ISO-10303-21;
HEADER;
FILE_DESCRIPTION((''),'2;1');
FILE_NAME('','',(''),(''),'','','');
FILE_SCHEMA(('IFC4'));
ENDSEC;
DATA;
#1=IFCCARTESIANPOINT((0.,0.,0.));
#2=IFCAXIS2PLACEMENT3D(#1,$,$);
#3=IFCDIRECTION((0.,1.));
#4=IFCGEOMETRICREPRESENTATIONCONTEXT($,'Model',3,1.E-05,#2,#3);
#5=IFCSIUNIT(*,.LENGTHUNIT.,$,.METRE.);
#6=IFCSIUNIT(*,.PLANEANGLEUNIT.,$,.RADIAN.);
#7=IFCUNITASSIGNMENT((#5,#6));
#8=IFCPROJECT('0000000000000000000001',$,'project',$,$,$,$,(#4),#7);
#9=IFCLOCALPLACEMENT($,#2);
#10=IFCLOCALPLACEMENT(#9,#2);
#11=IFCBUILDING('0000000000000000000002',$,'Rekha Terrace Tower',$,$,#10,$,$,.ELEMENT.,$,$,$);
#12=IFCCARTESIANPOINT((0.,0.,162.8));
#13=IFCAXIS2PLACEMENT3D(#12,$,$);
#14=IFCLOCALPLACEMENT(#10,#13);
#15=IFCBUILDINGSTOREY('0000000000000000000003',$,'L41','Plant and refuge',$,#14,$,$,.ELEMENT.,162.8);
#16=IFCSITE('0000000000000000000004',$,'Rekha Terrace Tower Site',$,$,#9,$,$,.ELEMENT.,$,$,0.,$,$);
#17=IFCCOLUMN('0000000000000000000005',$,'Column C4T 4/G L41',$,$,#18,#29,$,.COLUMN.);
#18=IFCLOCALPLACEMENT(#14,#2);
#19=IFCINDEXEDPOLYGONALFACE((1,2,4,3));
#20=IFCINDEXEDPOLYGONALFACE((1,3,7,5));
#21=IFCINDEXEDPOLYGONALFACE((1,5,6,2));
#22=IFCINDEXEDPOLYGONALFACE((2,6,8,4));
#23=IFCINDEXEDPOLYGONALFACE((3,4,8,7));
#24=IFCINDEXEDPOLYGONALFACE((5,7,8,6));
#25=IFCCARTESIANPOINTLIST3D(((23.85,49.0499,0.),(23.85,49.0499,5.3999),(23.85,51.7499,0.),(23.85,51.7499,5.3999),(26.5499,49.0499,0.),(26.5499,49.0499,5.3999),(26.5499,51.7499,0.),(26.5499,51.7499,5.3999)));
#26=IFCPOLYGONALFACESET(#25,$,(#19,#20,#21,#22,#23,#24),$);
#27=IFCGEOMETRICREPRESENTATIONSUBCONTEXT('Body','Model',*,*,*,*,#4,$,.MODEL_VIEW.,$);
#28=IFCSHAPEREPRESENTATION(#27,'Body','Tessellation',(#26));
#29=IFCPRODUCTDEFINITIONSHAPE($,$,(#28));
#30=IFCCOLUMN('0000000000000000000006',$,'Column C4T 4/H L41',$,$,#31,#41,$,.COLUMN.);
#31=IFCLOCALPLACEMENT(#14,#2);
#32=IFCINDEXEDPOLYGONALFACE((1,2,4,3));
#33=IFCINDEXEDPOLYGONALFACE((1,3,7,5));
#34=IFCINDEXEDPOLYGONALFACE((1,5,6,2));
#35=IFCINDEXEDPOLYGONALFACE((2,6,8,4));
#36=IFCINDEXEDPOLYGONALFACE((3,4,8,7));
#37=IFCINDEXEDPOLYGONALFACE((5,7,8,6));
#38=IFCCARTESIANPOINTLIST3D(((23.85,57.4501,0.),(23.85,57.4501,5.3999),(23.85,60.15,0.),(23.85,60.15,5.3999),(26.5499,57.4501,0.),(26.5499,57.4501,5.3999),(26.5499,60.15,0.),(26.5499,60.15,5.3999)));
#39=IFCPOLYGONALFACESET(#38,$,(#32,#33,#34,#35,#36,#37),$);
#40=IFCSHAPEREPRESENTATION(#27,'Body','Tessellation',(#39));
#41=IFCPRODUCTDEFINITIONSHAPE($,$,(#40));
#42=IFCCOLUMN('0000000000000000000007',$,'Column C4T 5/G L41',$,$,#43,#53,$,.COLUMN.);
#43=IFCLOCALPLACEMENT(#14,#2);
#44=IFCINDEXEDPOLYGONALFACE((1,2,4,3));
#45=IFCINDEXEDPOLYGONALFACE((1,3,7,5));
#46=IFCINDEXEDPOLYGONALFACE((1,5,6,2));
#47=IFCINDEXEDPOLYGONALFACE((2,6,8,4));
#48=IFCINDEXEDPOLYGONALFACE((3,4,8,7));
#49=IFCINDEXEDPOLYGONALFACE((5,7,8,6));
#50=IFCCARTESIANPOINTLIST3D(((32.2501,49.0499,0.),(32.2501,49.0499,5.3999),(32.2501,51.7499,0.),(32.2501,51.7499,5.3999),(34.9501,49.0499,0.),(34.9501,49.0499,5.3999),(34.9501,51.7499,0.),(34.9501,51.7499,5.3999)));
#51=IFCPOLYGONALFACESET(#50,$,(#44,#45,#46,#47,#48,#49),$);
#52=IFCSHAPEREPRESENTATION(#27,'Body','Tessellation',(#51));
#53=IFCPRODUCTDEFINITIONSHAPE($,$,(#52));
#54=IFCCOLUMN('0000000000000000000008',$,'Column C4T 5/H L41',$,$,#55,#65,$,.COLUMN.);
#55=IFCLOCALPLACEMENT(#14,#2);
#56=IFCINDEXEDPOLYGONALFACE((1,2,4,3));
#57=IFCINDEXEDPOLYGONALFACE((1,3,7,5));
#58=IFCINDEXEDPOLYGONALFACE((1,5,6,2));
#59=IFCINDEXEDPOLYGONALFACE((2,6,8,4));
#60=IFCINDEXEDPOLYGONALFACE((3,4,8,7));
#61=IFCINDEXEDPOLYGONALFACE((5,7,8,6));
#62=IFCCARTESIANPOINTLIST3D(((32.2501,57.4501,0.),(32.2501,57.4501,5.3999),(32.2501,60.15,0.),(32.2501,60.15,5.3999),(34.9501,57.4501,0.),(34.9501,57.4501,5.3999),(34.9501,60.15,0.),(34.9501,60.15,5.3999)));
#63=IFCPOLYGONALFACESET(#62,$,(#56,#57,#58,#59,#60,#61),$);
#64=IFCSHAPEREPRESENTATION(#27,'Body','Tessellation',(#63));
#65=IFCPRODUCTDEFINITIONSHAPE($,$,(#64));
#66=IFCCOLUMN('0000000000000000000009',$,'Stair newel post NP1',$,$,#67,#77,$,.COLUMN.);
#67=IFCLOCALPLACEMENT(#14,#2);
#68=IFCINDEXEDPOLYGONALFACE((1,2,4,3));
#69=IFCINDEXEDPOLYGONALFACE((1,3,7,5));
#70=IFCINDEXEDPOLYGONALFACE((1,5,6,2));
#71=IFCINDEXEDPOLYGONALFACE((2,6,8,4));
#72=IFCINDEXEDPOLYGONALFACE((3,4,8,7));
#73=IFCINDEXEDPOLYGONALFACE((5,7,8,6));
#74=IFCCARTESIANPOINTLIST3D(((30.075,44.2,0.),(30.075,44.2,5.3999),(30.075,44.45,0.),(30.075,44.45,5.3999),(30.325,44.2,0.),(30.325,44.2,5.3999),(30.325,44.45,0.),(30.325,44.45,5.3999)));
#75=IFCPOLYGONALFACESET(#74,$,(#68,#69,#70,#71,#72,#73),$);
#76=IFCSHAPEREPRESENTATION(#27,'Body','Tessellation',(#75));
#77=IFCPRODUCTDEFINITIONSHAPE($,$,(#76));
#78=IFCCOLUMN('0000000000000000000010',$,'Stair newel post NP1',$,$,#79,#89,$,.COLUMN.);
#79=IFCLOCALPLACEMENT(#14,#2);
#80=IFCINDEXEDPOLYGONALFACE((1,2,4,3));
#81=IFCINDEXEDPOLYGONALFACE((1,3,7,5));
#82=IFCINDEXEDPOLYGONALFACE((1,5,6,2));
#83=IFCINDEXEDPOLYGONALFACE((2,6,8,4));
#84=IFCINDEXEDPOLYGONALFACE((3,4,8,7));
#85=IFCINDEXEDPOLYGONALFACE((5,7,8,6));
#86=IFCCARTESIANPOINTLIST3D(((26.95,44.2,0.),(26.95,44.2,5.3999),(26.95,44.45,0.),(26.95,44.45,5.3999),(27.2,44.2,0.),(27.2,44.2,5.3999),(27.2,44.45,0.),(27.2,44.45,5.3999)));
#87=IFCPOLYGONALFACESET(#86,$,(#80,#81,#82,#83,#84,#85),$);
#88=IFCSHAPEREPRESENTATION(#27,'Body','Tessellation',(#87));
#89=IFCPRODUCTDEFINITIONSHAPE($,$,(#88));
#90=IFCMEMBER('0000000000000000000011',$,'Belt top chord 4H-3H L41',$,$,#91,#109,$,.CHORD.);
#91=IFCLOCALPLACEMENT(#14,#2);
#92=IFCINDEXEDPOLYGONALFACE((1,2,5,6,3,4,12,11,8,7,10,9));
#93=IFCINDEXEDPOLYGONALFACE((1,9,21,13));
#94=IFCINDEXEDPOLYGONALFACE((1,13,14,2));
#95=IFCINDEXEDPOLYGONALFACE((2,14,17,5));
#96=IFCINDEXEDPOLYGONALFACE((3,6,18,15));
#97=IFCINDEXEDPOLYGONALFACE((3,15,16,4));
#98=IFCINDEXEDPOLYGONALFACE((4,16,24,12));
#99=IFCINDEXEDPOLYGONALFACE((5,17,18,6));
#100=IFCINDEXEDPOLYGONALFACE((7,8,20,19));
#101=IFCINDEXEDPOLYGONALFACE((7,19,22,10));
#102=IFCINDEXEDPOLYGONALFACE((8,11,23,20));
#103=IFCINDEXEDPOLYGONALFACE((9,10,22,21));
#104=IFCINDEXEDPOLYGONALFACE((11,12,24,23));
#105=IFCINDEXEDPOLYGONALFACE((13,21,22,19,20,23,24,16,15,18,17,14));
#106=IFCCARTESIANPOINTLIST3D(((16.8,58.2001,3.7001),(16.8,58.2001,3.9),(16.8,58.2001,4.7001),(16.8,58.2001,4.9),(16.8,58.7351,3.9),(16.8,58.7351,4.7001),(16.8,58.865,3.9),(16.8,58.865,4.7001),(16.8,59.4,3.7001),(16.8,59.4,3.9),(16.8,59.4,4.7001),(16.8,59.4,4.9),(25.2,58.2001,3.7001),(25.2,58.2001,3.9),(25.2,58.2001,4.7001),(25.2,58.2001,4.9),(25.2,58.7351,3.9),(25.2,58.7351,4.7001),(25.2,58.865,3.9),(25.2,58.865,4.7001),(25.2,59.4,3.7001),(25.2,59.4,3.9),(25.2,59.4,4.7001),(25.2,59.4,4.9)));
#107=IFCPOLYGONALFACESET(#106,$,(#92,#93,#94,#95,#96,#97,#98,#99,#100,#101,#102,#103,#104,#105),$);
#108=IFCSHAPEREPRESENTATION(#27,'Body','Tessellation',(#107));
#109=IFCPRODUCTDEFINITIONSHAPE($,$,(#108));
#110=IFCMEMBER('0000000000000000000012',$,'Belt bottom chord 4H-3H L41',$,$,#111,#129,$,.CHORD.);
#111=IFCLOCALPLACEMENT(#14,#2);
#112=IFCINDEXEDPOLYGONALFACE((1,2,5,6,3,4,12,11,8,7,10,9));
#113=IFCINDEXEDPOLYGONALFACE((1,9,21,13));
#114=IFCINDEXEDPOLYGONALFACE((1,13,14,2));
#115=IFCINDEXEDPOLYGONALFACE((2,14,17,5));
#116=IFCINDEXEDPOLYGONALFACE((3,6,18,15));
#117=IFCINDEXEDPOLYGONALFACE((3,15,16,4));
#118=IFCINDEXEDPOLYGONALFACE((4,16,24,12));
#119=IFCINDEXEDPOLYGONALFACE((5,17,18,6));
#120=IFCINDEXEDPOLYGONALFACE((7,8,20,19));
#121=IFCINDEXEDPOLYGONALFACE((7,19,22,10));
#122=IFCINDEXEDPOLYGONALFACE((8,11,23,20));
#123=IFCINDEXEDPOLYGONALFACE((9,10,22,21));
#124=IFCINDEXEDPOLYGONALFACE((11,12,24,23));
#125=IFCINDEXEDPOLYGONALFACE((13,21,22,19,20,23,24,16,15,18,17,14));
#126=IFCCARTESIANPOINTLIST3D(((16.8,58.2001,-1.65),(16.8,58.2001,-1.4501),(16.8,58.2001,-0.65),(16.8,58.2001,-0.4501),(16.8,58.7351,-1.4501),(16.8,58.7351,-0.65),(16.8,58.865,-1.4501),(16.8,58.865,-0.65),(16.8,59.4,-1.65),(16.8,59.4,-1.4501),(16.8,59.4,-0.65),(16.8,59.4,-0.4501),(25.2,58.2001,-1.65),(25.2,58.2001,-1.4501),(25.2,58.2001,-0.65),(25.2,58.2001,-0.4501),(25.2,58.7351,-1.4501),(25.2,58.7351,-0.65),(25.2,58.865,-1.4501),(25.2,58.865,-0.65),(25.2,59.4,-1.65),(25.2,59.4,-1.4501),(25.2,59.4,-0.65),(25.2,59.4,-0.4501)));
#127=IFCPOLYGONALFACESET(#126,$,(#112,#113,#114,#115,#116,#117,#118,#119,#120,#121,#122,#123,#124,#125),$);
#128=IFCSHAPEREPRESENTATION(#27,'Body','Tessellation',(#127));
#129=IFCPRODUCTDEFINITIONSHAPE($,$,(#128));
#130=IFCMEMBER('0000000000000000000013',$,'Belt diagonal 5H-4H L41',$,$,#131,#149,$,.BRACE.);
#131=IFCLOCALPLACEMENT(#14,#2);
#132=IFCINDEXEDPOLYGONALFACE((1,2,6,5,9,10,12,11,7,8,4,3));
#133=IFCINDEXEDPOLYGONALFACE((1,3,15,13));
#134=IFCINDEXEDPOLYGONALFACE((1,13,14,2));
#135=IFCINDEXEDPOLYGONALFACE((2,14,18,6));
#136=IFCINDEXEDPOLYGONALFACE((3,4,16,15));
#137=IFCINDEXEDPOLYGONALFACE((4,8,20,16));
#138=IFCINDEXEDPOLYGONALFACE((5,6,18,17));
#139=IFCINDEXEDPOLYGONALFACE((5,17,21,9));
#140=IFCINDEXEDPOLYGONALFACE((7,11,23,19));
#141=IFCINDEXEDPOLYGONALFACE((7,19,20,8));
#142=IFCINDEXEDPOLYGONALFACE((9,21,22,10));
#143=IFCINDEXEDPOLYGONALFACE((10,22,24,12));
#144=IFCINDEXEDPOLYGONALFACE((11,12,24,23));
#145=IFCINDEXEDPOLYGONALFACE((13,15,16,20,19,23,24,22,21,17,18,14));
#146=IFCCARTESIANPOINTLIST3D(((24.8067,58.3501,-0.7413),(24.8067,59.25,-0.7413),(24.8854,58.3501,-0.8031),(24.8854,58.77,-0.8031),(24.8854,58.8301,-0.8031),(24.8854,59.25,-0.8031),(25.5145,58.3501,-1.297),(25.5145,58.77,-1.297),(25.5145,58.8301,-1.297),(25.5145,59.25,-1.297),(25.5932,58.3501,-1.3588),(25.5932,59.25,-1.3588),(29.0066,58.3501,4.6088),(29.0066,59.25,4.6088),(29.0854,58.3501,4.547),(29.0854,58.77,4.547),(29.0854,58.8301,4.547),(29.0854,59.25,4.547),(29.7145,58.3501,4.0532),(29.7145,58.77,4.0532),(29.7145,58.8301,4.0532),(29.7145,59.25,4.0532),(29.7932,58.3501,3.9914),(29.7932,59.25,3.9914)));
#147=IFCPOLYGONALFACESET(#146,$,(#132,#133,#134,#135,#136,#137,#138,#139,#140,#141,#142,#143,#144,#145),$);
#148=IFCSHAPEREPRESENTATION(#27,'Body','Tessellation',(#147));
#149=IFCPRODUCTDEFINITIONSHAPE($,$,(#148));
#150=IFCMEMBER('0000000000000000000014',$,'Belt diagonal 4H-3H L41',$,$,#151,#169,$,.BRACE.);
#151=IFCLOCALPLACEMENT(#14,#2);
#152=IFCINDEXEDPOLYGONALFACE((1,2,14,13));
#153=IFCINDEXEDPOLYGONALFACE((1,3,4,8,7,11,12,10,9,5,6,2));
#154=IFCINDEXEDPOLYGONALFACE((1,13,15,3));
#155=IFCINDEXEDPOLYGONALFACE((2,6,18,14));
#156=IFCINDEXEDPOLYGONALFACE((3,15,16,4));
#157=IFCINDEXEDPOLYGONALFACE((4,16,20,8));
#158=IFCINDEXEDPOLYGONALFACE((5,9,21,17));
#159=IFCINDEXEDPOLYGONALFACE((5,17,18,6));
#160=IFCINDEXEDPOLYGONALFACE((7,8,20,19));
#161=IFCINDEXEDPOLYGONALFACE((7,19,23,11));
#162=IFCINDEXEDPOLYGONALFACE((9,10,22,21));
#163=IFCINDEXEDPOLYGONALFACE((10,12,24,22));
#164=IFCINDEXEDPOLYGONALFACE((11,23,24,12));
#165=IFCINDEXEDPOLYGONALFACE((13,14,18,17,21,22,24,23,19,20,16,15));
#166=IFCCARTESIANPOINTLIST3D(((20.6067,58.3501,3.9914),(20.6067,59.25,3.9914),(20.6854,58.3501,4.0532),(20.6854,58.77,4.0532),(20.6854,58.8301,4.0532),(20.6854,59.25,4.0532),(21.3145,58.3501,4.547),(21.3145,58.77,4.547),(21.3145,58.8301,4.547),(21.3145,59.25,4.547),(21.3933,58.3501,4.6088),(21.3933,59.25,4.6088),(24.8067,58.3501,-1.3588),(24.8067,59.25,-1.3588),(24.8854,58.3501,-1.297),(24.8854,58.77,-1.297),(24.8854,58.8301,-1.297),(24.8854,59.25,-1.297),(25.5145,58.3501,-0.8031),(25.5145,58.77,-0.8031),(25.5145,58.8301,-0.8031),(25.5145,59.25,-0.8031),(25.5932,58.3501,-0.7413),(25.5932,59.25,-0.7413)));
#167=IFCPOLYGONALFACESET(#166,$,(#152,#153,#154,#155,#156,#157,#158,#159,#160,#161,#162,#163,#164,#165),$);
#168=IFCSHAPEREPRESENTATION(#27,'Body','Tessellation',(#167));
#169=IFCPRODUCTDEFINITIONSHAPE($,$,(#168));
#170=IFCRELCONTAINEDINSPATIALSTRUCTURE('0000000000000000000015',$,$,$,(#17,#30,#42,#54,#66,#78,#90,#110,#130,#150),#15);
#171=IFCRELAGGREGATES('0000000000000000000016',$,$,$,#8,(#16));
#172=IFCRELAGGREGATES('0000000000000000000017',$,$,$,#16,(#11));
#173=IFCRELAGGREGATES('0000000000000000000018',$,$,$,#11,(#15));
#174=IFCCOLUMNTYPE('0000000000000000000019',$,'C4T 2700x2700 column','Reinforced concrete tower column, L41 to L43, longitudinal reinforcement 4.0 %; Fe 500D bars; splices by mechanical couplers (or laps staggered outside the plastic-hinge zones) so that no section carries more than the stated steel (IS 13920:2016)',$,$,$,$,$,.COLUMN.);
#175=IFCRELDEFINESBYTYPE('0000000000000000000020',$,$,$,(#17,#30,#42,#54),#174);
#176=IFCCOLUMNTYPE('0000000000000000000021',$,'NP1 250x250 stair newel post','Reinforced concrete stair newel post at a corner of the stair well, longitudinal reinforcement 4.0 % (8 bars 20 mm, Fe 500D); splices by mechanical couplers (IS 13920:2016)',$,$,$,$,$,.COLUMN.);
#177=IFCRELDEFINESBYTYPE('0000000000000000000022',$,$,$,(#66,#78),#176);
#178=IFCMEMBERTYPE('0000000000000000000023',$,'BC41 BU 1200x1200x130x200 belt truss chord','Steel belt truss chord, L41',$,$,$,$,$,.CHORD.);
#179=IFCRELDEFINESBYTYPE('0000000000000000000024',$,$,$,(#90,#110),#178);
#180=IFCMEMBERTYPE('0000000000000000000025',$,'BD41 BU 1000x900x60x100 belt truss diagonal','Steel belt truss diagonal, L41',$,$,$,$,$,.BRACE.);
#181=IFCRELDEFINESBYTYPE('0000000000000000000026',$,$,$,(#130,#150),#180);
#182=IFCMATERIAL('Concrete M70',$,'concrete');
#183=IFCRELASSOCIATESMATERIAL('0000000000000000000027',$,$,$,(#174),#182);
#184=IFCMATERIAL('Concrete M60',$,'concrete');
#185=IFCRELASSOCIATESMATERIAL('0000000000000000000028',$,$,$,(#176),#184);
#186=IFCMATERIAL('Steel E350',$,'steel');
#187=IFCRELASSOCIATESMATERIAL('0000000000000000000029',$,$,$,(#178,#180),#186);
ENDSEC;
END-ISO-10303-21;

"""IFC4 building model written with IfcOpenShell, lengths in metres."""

from ifc_helpers import new_model, si_unit, direction, frame, origin, origin_2d, place, context, subcontext, project, spatial, rectangle, i_section, extrude, material, material_profile, profile_set, type_object, element, save


model = new_model("IFC4")

# Units and contexts
model_context = context("Model", 3, precision=1e-05, world=origin(), true_north=direction((0.0, 1.0)))
body_context = subcontext(model_context, "Body", "Model", "MODEL_VIEW")
ifc_project = project(units=[si_unit("LENGTHUNIT", "METRE"), si_unit("PLANEANGLEUNIT", "RADIAN")], contexts=[model_context])

# Site, building, storey
site_placement = place(None, origin())
site = spatial("IfcSite", under=ifc_project, at=site_placement, Name="Rekha Terrace Tower Site", CompositionType="ELEMENT", RefElevation=0.0)
building_placement = place(site_placement, origin())
building = spatial("IfcBuilding", under=site, at=building_placement, Name="Rekha Terrace Tower", CompositionType="ELEMENT")
storey_placement = place(building_placement, frame((0.0, 0.0, 162.8)))
storey = spatial("IfcBuildingStorey", under=building, at=storey_placement, Name="L41", Description="Plant and refuge", CompositionType="ELEMENT", Elevation=162.8)

# Columns
ifc_material_1 = material(Name="Concrete M70", Category="concrete")
ifc_material_profile_1 = material_profile(ifc_material_1, rectangle(XDim=2.7, YDim=2.7, at=origin_2d()), Name="RC 2700x2700")
ifc_profile_set_1 = profile_set([ifc_material_profile_1], Name="Concrete M70")
column_type_1 = type_object("IfcColumnType", Name="C4T 2700x2700 column", Description="Reinforced concrete tower column, L41 to L43, longitudinal reinforcement 4.0 %; Fe 500D bars; splices by mechanical couplers (or laps staggered outside the plastic-hinge zones) so that no section carries more than the stated steel (IS 13920:2016)", PredefinedType="COLUMN", material=ifc_profile_set_1)
for number, where, z_axis, x_axis, name in (
    (1, (25.2, 50.3999, 0.0), (0.0, 0.0, 1.0), (1.0, 0.0, 0.0), "Column C4T 4/G L41"),
    (2, (25.2, 58.8, 0.0), (0.0, 0.0, 1.0), (1.0, 0.0, 0.0), "Column C4T 4/H L41"),
    (3, (33.6001, 50.3999, 0.0), (0.0, 0.0, 1.0), (1.0, 0.0, 0.0), "Column C4T 5/G L41"),
    (4, (33.6001, 58.8, 0.0), (0.0, 0.0, 1.0), (1.0, 0.0, 0.0), "Column C4T 5/H L41"),
):
    element("IfcColumn", number, at=place(storey_placement, frame(where, z_axis=z_axis, x_axis=x_axis)), inside=storey, type_object=column_type_1, Name=name, PredefinedType="COLUMN", context=body_context, shape_type="SweptSolid", body=[
        extrude(rectangle(XDim=2.7, YDim=2.7, at=origin_2d()), origin(), (0.0, 0.0, 1.0), 5.3999),
    ])
ifc_material_2 = material(Name="Concrete M60", Category="concrete")
ifc_material_profile_2 = material_profile(ifc_material_2, rectangle(XDim=0.25, YDim=0.25, at=origin_2d()), Name="RC 250x250")
ifc_profile_set_2 = profile_set([ifc_material_profile_2], Name="Concrete M60")
column_type_2 = type_object("IfcColumnType", Name="NP1 250x250 stair newel post", Description="Reinforced concrete stair newel post at a corner of the stair well, longitudinal reinforcement 4.0 % (8 bars 20 mm, Fe 500D); splices by mechanical couplers (IS 13920:2016)", PredefinedType="COLUMN", material=ifc_profile_set_2)
for number, where, z_axis, x_axis, name in (
    (5, (30.2, 44.325, 0.0), (0.0, 0.0, 1.0), (1.0, 0.0, 0.0), "Stair newel post NP1"),
    (6, (27.075, 44.325, 0.0), (0.0, 0.0, 1.0), (1.0, 0.0, 0.0), "Stair newel post NP1"),
):
    element("IfcColumn", number, at=place(storey_placement, frame(where, z_axis=z_axis, x_axis=x_axis)), inside=storey, type_object=column_type_2, Name=name, PredefinedType="COLUMN", context=body_context, shape_type="SweptSolid", body=[
        extrude(rectangle(XDim=0.25, YDim=0.25, at=origin_2d()), origin(), (0.0, 0.0, 1.0), 5.3999),
    ])

# Members
ifc_material_3 = material(Name="Steel E350", Category="steel")
ifc_material_profile_3 = material_profile(ifc_material_3, i_section(OverallWidth=1.2, OverallDepth=1.2, WebThickness=0.1299, FlangeThickness=0.2, at=origin_2d()), Name="BU 1200x1200x130x200")
ifc_profile_set_3 = profile_set([ifc_material_profile_3], Name="Steel E350")
member_type_1 = type_object("IfcMemberType", Name="BC41 BU 1200x1200x130x200 belt truss chord", Description="Steel belt truss chord, L41", PredefinedType="CHORD", material=ifc_profile_set_3)
for number, where, z_axis, x_axis, name in (
    (7, (25.2, 58.8, 4.3), (-1.0, 0.0, 0.0), (0.0, -1.0, 0.0), "Belt top chord 4H-3H L41"),
    (8, (25.2, 58.8, -1.05), (-1.0, 0.0, 0.0), (0.0, -1.0, 0.0), "Belt bottom chord 4H-3H L41"),
):
    element("IfcMember", number, at=place(storey_placement, frame(where, z_axis=z_axis, x_axis=x_axis)), inside=storey, type_object=member_type_1, Name=name, PredefinedType="CHORD", context=body_context, shape_type="SweptSolid", body=[
        extrude(i_section(OverallWidth=1.2, OverallDepth=1.2, WebThickness=0.1299, FlangeThickness=0.2, at=origin_2d()), origin(), (0.0, 0.0, 1.0), 8.3999),
    ])
ifc_material_profile_4 = material_profile(ifc_material_3, i_section(OverallWidth=0.8999, OverallDepth=1.0, WebThickness=0.0601, FlangeThickness=0.1001, at=origin_2d()), Name="BU 1000x900x60x100")
ifc_profile_set_4 = profile_set([ifc_material_profile_4], Name="Steel E350")
member_type_2 = type_object("IfcMemberType", Name="BD41 BU 1000x900x60x100 belt truss diagonal", Description="Steel belt truss diagonal, L41", PredefinedType="BRACE", material=ifc_profile_set_4)
for number, where, z_axis, x_axis, name in (
    (9, (25.2, 58.8, -1.05), (0.617485, 0.0, 0.786582), (0.0, 1.0, 0.0), "Belt diagonal 5H-4H L41"),
    (10, (25.2, 58.8, -1.05), (-0.617485, 0.0, 0.786582), (0.0, -1.0, 0.0), "Belt diagonal 4H-3H L41"),
):
    element("IfcMember", number, at=place(storey_placement, frame(where, z_axis=z_axis, x_axis=x_axis)), inside=storey, type_object=member_type_2, Name=name, PredefinedType="BRACE", context=body_context, shape_type="SweptSolid", body=[
        extrude(i_section(OverallWidth=0.8999, OverallDepth=1.0, WebThickness=0.0601, FlangeThickness=0.1001, at=origin_2d()), origin(), (0.0, 0.0, 1.0), 6.8018),
    ])

save(model, "model.ifc")
